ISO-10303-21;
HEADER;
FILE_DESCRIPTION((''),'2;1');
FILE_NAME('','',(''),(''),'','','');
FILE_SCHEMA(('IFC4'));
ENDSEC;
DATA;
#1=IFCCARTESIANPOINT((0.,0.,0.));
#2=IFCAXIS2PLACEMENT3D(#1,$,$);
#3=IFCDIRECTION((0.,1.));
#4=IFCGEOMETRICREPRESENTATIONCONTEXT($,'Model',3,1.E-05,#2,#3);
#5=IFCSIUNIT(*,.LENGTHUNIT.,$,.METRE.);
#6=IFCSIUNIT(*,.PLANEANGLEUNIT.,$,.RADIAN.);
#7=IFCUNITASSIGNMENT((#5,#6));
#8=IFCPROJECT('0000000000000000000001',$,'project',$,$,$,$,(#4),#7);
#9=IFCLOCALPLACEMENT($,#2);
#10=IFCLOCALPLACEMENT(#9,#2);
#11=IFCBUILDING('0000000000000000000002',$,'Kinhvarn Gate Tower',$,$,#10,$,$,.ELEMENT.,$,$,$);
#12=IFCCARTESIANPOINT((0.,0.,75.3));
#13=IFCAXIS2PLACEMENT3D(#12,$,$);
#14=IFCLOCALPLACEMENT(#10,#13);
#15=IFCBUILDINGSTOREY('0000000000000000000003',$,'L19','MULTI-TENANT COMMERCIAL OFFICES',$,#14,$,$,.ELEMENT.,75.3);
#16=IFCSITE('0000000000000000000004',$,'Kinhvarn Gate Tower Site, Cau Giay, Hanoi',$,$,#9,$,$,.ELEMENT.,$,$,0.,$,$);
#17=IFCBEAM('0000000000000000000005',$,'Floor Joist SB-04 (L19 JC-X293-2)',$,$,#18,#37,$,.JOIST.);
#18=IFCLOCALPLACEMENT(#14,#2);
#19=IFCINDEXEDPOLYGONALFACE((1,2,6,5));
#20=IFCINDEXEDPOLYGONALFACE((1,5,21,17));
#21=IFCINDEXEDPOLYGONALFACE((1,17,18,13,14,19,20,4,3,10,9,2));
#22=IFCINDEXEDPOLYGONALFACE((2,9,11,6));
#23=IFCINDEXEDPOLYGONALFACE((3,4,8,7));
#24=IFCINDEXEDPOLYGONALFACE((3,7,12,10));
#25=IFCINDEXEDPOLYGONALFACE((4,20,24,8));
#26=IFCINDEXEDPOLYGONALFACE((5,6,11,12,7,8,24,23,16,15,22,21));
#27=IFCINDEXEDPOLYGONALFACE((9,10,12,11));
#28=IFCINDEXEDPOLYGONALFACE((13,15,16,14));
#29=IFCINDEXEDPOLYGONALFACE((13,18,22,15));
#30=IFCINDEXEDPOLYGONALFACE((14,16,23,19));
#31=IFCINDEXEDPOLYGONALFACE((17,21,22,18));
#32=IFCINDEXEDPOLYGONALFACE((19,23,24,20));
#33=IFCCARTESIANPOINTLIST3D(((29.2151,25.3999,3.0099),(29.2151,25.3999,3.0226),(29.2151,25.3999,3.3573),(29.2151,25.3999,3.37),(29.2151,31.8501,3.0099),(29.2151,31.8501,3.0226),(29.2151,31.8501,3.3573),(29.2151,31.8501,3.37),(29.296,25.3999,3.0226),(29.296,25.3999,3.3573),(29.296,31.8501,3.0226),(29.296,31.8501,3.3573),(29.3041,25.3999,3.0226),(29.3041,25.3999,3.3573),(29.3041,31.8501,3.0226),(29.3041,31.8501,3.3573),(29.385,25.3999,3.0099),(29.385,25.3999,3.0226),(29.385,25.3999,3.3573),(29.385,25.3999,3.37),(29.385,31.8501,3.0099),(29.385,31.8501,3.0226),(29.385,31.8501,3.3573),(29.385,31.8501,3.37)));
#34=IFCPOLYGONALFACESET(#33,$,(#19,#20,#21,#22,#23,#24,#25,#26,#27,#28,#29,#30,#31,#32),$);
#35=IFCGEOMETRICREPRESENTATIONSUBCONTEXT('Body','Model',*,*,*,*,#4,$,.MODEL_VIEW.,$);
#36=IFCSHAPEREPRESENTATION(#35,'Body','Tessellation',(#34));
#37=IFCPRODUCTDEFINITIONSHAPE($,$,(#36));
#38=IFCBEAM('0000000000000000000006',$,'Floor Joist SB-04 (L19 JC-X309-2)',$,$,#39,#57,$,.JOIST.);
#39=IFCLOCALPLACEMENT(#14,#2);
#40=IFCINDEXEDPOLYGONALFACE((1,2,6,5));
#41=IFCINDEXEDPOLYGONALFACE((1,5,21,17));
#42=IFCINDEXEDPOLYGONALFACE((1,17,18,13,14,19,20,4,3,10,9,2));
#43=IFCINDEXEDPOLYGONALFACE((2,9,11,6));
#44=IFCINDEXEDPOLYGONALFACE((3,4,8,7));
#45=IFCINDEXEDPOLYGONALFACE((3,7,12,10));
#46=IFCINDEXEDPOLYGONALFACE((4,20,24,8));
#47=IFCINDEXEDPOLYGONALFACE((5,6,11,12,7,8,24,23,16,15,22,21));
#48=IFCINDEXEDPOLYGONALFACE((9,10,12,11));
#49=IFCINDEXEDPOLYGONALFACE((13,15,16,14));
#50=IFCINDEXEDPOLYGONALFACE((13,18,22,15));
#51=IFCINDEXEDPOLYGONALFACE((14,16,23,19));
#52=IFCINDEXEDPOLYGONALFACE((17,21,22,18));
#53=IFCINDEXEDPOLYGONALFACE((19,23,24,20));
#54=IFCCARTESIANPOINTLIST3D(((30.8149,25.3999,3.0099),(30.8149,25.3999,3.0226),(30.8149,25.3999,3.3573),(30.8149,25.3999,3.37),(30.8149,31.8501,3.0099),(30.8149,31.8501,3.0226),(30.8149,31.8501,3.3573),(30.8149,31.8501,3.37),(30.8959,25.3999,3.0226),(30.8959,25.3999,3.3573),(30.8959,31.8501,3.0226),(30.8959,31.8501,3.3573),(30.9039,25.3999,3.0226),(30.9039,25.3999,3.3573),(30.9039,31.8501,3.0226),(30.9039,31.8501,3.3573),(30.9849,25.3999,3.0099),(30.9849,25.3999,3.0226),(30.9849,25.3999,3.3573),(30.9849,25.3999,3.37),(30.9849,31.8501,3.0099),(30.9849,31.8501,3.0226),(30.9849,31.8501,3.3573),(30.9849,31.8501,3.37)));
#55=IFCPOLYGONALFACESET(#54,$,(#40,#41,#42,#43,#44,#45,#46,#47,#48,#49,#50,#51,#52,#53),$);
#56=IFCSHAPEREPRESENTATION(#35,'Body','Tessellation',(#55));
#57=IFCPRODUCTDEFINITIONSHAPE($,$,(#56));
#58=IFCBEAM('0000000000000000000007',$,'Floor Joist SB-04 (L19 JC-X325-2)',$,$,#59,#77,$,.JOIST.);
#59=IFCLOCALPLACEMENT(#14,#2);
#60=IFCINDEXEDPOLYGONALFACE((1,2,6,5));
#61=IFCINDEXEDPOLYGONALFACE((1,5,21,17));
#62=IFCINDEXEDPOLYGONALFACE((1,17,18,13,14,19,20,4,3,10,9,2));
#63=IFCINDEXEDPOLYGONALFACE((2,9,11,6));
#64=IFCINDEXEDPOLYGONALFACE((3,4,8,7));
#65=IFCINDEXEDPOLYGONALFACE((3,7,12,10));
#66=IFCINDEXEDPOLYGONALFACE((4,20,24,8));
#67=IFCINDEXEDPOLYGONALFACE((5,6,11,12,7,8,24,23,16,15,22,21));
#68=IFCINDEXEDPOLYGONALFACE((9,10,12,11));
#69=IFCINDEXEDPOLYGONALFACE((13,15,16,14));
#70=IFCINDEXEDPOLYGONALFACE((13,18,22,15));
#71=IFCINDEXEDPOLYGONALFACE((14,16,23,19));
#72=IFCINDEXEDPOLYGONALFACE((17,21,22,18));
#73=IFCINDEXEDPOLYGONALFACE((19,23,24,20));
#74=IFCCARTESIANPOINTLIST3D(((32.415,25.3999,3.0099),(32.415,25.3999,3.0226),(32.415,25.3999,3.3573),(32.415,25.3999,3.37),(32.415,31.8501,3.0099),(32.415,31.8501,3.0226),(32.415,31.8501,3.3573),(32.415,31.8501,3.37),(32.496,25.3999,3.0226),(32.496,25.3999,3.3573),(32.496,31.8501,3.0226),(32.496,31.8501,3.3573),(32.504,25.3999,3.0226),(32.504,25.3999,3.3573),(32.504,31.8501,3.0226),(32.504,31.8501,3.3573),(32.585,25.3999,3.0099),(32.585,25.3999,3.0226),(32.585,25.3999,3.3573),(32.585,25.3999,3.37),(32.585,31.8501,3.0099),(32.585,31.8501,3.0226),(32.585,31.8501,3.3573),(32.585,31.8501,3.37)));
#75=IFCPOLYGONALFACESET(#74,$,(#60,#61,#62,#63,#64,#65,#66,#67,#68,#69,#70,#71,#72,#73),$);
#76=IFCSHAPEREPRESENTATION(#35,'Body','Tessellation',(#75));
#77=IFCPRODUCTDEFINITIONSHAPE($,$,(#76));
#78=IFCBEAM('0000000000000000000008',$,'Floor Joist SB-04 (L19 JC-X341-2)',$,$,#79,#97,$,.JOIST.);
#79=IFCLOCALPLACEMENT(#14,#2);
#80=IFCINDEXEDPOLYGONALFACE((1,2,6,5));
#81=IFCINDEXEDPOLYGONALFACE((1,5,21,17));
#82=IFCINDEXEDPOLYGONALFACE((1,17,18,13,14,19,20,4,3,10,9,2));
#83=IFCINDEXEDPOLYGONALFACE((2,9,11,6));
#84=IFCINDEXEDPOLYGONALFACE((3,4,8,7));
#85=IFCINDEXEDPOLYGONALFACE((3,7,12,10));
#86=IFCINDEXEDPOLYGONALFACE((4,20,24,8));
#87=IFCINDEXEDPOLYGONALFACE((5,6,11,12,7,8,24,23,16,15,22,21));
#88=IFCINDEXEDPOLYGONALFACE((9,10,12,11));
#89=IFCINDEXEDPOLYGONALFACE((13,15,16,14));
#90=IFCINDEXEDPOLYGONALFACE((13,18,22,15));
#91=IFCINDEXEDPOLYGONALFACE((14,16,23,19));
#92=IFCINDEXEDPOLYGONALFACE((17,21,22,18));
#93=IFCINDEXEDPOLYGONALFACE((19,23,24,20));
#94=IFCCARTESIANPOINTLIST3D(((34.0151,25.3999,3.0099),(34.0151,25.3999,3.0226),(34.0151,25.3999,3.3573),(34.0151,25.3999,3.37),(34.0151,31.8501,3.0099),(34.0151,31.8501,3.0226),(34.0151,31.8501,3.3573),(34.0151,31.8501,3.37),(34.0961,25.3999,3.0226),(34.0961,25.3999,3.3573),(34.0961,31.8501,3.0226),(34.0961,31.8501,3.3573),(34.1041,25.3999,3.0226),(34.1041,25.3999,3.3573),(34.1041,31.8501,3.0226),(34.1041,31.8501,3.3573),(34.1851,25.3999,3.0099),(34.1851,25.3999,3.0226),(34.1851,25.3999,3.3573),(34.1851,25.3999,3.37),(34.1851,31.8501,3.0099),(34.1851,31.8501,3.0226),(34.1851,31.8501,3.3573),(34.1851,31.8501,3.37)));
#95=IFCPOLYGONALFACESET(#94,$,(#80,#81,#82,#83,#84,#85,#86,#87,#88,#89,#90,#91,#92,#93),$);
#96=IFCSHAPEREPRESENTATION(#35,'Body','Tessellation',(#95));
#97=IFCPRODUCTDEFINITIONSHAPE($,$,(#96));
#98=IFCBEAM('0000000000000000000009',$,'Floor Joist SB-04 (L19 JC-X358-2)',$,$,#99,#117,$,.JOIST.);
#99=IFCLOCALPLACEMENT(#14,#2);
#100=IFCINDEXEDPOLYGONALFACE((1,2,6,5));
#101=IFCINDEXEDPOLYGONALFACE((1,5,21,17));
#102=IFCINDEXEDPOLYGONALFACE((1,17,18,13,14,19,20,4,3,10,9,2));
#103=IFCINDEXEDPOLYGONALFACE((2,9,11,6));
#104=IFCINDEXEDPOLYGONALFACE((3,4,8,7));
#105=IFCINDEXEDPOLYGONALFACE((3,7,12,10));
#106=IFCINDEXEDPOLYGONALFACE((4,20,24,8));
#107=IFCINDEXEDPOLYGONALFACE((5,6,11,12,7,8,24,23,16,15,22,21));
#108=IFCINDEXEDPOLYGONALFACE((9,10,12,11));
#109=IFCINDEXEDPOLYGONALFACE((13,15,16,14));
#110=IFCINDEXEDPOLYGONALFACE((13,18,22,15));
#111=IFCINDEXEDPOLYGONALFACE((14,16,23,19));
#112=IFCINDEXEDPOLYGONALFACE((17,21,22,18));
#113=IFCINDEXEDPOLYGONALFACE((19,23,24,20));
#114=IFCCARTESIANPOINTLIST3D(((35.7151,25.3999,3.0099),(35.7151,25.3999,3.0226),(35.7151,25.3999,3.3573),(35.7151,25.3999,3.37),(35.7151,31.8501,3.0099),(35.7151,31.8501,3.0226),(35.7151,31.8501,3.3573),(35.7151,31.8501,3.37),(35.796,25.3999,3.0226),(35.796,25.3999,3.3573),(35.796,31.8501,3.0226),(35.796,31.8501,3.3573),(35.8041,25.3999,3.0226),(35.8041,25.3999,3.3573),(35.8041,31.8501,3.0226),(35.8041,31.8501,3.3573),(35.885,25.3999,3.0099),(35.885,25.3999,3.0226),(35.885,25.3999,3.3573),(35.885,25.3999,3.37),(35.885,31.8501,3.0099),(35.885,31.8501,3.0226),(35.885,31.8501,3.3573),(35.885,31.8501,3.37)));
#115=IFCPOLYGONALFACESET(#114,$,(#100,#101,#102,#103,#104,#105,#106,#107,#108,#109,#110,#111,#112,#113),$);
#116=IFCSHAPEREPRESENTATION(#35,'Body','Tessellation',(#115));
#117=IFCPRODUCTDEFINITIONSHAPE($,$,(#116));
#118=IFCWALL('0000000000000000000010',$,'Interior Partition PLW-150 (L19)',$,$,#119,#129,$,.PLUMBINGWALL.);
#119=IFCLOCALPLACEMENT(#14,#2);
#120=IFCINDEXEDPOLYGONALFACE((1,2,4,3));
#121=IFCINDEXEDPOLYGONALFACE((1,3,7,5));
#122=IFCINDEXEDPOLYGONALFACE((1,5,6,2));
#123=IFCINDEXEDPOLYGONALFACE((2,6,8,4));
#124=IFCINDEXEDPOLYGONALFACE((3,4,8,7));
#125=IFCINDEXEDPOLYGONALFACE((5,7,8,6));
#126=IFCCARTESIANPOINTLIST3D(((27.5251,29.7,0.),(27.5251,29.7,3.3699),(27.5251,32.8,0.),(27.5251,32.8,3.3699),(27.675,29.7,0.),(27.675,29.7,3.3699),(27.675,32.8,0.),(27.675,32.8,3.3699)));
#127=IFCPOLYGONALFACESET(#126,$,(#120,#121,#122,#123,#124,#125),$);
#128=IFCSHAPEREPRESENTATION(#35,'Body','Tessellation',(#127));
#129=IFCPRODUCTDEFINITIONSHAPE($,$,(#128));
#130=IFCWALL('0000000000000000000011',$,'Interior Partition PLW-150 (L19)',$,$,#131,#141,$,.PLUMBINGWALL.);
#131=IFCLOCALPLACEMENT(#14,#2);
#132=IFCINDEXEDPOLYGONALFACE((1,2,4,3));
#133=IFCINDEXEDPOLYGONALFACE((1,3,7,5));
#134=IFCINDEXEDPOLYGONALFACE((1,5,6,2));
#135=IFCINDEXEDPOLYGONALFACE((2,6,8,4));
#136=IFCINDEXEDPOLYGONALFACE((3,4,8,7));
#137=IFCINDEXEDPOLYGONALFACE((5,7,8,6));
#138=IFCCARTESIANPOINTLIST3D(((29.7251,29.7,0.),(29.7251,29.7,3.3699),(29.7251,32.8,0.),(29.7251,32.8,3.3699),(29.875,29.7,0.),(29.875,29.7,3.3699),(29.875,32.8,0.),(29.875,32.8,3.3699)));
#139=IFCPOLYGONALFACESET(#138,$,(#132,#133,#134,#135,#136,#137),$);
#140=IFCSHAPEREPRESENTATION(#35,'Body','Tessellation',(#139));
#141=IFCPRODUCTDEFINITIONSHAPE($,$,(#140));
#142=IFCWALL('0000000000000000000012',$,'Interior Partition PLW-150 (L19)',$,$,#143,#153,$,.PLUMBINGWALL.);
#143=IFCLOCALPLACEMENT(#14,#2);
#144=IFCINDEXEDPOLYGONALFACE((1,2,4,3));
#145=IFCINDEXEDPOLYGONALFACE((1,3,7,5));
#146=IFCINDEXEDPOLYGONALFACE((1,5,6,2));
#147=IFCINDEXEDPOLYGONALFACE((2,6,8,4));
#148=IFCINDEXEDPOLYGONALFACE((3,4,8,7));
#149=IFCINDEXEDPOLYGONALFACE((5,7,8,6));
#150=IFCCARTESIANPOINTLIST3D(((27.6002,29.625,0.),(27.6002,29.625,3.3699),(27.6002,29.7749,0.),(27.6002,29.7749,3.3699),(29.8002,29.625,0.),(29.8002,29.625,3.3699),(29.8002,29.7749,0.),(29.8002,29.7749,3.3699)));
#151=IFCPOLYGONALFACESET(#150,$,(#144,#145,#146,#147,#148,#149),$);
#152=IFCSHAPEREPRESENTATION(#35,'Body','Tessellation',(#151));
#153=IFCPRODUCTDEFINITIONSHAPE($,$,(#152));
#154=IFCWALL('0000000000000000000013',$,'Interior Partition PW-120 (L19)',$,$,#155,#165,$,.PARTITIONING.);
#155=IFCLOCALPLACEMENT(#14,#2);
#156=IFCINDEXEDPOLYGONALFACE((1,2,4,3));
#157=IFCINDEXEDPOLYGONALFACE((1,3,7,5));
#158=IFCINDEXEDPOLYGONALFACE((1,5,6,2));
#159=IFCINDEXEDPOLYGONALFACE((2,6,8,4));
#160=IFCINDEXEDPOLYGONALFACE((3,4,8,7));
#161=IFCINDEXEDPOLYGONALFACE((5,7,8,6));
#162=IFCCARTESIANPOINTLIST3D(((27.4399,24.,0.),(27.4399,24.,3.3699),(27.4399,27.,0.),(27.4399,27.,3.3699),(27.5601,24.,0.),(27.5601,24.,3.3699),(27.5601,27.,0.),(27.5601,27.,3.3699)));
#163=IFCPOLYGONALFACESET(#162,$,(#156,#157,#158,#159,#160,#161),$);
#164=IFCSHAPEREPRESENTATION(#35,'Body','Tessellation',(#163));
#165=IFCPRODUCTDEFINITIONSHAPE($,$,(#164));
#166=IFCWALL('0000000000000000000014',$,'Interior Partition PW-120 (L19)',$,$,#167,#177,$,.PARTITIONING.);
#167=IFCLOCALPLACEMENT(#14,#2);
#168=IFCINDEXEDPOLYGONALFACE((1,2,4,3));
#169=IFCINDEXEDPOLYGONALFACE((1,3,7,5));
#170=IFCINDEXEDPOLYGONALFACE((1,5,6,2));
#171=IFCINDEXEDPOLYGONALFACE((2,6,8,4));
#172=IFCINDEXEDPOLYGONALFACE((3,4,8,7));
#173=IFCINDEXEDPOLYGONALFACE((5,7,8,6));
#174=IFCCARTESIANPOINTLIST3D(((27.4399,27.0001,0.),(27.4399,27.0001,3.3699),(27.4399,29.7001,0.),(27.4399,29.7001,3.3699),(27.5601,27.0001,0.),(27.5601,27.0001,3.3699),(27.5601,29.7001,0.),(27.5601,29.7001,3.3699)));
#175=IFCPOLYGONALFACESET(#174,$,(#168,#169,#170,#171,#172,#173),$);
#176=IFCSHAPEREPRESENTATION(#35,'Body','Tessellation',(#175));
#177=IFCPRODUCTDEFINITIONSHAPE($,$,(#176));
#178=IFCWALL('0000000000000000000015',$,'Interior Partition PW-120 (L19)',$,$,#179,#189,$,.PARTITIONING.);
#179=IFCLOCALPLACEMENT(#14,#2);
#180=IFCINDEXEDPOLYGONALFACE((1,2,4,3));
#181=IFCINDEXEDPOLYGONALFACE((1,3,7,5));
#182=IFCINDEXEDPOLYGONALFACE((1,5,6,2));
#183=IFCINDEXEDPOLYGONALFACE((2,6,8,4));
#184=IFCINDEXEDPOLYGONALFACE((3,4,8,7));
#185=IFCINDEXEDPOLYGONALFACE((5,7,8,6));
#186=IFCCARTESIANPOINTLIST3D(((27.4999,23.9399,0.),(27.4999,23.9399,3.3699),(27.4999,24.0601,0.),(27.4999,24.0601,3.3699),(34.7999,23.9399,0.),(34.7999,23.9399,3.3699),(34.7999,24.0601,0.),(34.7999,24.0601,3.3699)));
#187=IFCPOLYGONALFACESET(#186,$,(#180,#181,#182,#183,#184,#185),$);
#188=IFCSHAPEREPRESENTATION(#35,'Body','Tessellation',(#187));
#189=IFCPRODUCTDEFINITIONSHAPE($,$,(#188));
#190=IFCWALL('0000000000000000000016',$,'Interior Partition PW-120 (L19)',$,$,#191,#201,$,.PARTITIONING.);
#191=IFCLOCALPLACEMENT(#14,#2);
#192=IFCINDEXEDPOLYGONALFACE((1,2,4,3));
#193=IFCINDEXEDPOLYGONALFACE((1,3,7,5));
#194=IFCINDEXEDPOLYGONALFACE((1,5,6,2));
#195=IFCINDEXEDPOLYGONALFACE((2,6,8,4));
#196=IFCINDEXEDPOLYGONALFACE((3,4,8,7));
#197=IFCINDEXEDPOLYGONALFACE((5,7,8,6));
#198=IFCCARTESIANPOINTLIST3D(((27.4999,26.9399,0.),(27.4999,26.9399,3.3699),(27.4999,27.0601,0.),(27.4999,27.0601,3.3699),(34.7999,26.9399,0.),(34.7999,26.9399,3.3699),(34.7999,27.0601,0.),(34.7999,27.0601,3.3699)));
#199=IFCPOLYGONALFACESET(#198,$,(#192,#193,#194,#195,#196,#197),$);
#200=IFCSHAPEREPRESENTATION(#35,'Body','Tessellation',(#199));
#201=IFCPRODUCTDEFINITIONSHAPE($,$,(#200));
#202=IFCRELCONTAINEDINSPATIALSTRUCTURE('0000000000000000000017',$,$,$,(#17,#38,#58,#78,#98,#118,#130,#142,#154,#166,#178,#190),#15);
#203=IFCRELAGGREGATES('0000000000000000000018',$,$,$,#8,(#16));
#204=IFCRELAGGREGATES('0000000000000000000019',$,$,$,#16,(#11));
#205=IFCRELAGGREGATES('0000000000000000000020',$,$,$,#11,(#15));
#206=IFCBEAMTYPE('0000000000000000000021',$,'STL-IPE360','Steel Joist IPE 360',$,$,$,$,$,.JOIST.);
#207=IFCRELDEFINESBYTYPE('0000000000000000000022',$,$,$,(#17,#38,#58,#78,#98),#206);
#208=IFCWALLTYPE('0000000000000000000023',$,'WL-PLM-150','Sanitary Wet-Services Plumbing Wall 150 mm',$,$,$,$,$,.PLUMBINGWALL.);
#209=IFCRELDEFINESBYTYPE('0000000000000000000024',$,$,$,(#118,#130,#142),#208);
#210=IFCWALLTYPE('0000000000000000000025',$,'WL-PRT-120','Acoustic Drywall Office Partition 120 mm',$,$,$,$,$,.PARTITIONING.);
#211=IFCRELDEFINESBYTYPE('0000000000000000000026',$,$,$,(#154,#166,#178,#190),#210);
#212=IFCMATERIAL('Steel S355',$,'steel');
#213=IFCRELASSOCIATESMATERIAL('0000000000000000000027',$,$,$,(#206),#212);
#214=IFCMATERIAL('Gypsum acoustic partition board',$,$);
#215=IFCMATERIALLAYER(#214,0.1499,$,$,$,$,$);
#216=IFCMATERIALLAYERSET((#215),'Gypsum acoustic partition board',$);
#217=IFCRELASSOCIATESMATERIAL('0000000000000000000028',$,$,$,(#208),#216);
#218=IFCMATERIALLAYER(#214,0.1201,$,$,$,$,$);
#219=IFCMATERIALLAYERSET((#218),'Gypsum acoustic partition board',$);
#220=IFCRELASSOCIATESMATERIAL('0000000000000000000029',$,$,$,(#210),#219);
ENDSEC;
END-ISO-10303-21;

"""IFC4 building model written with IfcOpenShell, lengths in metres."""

from ifc_helpers import new_model, si_unit, direction, frame, frame_2d, origin, origin_2d, place, context, subcontext, project, spatial, rectangle, i_section, extrude, material, layer, layer_set, material_profile, profile_set, type_object, element, save


model = new_model("IFC4")

# Units and contexts
model_context = context("Model", 3, precision=1e-05, world=origin(), true_north=direction((0.0, 1.0)))
body_context = subcontext(model_context, "Body", "Model", "MODEL_VIEW")
ifc_project = project(units=[si_unit("LENGTHUNIT", "METRE"), si_unit("PLANEANGLEUNIT", "RADIAN")], contexts=[model_context])

# Site, building, storey
site_placement = place(None, origin())
site = spatial("IfcSite", under=ifc_project, at=site_placement, Name="Kinhvarn Gate Tower Site, Cau Giay, Hanoi", CompositionType="ELEMENT", RefElevation=0.0)
building_placement = place(site_placement, origin())
building = spatial("IfcBuilding", under=site, at=building_placement, Name="Kinhvarn Gate Tower", CompositionType="ELEMENT")
storey_placement = place(building_placement, frame((0.0, 0.0, 75.3)))
storey = spatial("IfcBuildingStorey", under=building, at=storey_placement, Name="L19", Description="MULTI-TENANT COMMERCIAL OFFICES", CompositionType="ELEMENT", Elevation=75.3)

# Beams
ifc_material_1 = material(Name="Steel S355", Category="steel")
ifc_material_profile = material_profile(ifc_material_1, i_section(OverallWidth=0.1699, OverallDepth=0.3601, WebThickness=0.0081, FlangeThickness=0.0127, at=origin_2d()), Name="IPE 360")
ifc_profile_set = profile_set([ifc_material_profile], Name="Steel S355")
beam_type = type_object("IfcBeamType", Name="STL-IPE360", Description="Steel Joist IPE 360", PredefinedType="JOIST", material=ifc_profile_set)
for number, where, z_axis, x_axis, name in (
    (1, (29.3, 25.3999, 3.1899), (0.0, 1.0, 0.0), (-1.0, 0.0, 0.0), "Floor Joist SB-04 (L19 JC-X293-2)"),
    (2, (30.8999, 25.3999, 3.1899), (0.0, 1.0, 0.0), (-1.0, 0.0, 0.0), "Floor Joist SB-04 (L19 JC-X309-2)"),
    (3, (32.5, 25.3999, 3.1899), (0.0, 1.0, 0.0), (-1.0, 0.0, 0.0), "Floor Joist SB-04 (L19 JC-X325-2)"),
    (4, (34.1001, 25.3999, 3.1899), (0.0, 1.0, 0.0), (-1.0, 0.0, 0.0), "Floor Joist SB-04 (L19 JC-X341-2)"),
    (5, (35.8, 25.3999, 3.1899), (0.0, 1.0, 0.0), (-1.0, 0.0, 0.0), "Floor Joist SB-04 (L19 JC-X358-2)"),
):
    element("IfcBeam", number, at=place(storey_placement, frame(where, z_axis=z_axis, x_axis=x_axis)), inside=storey, type_object=beam_type, Name=name, PredefinedType="JOIST", context=body_context, shape_type="SweptSolid", body=[
        extrude(i_section(OverallWidth=0.1699, OverallDepth=0.3601, WebThickness=0.0081, FlangeThickness=0.0127, at=origin_2d()), origin(), (0.0, 0.0, 1.0), 6.4502),
    ])

# Walls
ifc_material_2 = material(Name="Gypsum acoustic partition board")
ifc_layer_1 = layer(ifc_material_2, 0.1499)
ifc_layer_set_1 = layer_set([ifc_layer_1], Name="Gypsum acoustic partition board")
wall_type_1 = type_object("IfcWallType", Name="WL-PLM-150", Description="Sanitary Wet-Services Plumbing Wall 150 mm", PredefinedType="PLUMBINGWALL", material=ifc_layer_set_1)
for number, where, z_axis, x_axis, name in (
    (6, (27.6001, 29.7, 0.0), (0.0, 0.0, 1.0), (0.0, 1.0, 0.0), "Interior Partition PLW-150 (L19)"),
    (7, (29.8, 29.7, 0.0), (0.0, 0.0, 1.0), (0.0, 1.0, 0.0), "Interior Partition PLW-150 (L19)"),
):
    element("IfcWall", number, at=place(storey_placement, frame(where, z_axis=z_axis, x_axis=x_axis)), inside=storey, type_object=wall_type_1, Name=name, PredefinedType="PLUMBINGWALL", context=body_context, shape_type="SweptSolid", body=[
        extrude(rectangle(XDim=3.1001, YDim=0.1499, at=frame_2d((1.55, 0.0))), origin(), (0.0, 0.0, 1.0), 3.3699),
    ])
wall_1_placement = place(storey_placement, frame((27.6001, 29.7, 0.0), z_axis=(0.0, 0.0, 1.0), x_axis=(1.0, 0.0, 0.0)))
element("IfcWall", 8, at=wall_1_placement, inside=storey, type_object=wall_type_1, Name="Interior Partition PLW-150 (L19)", PredefinedType="PLUMBINGWALL", context=body_context, shape_type="SweptSolid", body=[
    extrude(rectangle(XDim=2.2, YDim=0.1499, at=frame_2d((1.1001, 0.0))), origin(), (0.0, 0.0, 1.0), 3.3699),
])
ifc_layer_2 = layer(ifc_material_2, 0.1201)
ifc_layer_set_2 = layer_set([ifc_layer_2], Name="Gypsum acoustic partition board")
wall_type_2 = type_object("IfcWallType", Name="WL-PRT-120", Description="Acoustic Drywall Office Partition 120 mm", PredefinedType="PARTITIONING", material=ifc_layer_set_2)
wall_2_placement = place(storey_placement, frame((27.5, 24.0, 0.0), z_axis=(0.0, 0.0, 1.0), x_axis=(0.0, 1.0, 0.0)))
element("IfcWall", 9, at=wall_2_placement, inside=storey, type_object=wall_type_2, Name="Interior Partition PW-120 (L19)", PredefinedType="PARTITIONING", context=body_context, shape_type="SweptSolid", body=[
    extrude(rectangle(XDim=3.0, YDim=0.1201, at=frame_2d((1.5, 0.0))), origin(), (0.0, 0.0, 1.0), 3.3699),
])
wall_3_placement = place(storey_placement, frame((27.5, 27.0, 0.0), z_axis=(0.0, 0.0, 1.0), x_axis=(0.0, 1.0, 0.0)))
element("IfcWall", 10, at=wall_3_placement, inside=storey, type_object=wall_type_2, Name="Interior Partition PW-120 (L19)", PredefinedType="PARTITIONING", context=body_context, shape_type="SweptSolid", body=[
    extrude(rectangle(XDim=2.7, YDim=0.1201, at=frame_2d((1.3501, 0.0))), origin(), (0.0, 0.0, 1.0), 3.3699),
])
for number, where, z_axis, x_axis, name in (
    (11, (27.5, 24.0, 0.0), (0.0, 0.0, 1.0), (1.0, 0.0, 0.0), "Interior Partition PW-120 (L19)"),
    (12, (27.5, 27.0, 0.0), (0.0, 0.0, 1.0), (1.0, 0.0, 0.0), "Interior Partition PW-120 (L19)"),
):
    element("IfcWall", number, at=place(storey_placement, frame(where, z_axis=z_axis, x_axis=x_axis)), inside=storey, type_object=wall_type_2, Name=name, PredefinedType="PARTITIONING", context=body_context, shape_type="SweptSolid", body=[
        extrude(rectangle(XDim=7.3, YDim=0.1201, at=frame_2d((3.6499, 0.0))), origin(), (0.0, 0.0, 1.0), 3.3699),
    ])

save(model, "model.ifc")
